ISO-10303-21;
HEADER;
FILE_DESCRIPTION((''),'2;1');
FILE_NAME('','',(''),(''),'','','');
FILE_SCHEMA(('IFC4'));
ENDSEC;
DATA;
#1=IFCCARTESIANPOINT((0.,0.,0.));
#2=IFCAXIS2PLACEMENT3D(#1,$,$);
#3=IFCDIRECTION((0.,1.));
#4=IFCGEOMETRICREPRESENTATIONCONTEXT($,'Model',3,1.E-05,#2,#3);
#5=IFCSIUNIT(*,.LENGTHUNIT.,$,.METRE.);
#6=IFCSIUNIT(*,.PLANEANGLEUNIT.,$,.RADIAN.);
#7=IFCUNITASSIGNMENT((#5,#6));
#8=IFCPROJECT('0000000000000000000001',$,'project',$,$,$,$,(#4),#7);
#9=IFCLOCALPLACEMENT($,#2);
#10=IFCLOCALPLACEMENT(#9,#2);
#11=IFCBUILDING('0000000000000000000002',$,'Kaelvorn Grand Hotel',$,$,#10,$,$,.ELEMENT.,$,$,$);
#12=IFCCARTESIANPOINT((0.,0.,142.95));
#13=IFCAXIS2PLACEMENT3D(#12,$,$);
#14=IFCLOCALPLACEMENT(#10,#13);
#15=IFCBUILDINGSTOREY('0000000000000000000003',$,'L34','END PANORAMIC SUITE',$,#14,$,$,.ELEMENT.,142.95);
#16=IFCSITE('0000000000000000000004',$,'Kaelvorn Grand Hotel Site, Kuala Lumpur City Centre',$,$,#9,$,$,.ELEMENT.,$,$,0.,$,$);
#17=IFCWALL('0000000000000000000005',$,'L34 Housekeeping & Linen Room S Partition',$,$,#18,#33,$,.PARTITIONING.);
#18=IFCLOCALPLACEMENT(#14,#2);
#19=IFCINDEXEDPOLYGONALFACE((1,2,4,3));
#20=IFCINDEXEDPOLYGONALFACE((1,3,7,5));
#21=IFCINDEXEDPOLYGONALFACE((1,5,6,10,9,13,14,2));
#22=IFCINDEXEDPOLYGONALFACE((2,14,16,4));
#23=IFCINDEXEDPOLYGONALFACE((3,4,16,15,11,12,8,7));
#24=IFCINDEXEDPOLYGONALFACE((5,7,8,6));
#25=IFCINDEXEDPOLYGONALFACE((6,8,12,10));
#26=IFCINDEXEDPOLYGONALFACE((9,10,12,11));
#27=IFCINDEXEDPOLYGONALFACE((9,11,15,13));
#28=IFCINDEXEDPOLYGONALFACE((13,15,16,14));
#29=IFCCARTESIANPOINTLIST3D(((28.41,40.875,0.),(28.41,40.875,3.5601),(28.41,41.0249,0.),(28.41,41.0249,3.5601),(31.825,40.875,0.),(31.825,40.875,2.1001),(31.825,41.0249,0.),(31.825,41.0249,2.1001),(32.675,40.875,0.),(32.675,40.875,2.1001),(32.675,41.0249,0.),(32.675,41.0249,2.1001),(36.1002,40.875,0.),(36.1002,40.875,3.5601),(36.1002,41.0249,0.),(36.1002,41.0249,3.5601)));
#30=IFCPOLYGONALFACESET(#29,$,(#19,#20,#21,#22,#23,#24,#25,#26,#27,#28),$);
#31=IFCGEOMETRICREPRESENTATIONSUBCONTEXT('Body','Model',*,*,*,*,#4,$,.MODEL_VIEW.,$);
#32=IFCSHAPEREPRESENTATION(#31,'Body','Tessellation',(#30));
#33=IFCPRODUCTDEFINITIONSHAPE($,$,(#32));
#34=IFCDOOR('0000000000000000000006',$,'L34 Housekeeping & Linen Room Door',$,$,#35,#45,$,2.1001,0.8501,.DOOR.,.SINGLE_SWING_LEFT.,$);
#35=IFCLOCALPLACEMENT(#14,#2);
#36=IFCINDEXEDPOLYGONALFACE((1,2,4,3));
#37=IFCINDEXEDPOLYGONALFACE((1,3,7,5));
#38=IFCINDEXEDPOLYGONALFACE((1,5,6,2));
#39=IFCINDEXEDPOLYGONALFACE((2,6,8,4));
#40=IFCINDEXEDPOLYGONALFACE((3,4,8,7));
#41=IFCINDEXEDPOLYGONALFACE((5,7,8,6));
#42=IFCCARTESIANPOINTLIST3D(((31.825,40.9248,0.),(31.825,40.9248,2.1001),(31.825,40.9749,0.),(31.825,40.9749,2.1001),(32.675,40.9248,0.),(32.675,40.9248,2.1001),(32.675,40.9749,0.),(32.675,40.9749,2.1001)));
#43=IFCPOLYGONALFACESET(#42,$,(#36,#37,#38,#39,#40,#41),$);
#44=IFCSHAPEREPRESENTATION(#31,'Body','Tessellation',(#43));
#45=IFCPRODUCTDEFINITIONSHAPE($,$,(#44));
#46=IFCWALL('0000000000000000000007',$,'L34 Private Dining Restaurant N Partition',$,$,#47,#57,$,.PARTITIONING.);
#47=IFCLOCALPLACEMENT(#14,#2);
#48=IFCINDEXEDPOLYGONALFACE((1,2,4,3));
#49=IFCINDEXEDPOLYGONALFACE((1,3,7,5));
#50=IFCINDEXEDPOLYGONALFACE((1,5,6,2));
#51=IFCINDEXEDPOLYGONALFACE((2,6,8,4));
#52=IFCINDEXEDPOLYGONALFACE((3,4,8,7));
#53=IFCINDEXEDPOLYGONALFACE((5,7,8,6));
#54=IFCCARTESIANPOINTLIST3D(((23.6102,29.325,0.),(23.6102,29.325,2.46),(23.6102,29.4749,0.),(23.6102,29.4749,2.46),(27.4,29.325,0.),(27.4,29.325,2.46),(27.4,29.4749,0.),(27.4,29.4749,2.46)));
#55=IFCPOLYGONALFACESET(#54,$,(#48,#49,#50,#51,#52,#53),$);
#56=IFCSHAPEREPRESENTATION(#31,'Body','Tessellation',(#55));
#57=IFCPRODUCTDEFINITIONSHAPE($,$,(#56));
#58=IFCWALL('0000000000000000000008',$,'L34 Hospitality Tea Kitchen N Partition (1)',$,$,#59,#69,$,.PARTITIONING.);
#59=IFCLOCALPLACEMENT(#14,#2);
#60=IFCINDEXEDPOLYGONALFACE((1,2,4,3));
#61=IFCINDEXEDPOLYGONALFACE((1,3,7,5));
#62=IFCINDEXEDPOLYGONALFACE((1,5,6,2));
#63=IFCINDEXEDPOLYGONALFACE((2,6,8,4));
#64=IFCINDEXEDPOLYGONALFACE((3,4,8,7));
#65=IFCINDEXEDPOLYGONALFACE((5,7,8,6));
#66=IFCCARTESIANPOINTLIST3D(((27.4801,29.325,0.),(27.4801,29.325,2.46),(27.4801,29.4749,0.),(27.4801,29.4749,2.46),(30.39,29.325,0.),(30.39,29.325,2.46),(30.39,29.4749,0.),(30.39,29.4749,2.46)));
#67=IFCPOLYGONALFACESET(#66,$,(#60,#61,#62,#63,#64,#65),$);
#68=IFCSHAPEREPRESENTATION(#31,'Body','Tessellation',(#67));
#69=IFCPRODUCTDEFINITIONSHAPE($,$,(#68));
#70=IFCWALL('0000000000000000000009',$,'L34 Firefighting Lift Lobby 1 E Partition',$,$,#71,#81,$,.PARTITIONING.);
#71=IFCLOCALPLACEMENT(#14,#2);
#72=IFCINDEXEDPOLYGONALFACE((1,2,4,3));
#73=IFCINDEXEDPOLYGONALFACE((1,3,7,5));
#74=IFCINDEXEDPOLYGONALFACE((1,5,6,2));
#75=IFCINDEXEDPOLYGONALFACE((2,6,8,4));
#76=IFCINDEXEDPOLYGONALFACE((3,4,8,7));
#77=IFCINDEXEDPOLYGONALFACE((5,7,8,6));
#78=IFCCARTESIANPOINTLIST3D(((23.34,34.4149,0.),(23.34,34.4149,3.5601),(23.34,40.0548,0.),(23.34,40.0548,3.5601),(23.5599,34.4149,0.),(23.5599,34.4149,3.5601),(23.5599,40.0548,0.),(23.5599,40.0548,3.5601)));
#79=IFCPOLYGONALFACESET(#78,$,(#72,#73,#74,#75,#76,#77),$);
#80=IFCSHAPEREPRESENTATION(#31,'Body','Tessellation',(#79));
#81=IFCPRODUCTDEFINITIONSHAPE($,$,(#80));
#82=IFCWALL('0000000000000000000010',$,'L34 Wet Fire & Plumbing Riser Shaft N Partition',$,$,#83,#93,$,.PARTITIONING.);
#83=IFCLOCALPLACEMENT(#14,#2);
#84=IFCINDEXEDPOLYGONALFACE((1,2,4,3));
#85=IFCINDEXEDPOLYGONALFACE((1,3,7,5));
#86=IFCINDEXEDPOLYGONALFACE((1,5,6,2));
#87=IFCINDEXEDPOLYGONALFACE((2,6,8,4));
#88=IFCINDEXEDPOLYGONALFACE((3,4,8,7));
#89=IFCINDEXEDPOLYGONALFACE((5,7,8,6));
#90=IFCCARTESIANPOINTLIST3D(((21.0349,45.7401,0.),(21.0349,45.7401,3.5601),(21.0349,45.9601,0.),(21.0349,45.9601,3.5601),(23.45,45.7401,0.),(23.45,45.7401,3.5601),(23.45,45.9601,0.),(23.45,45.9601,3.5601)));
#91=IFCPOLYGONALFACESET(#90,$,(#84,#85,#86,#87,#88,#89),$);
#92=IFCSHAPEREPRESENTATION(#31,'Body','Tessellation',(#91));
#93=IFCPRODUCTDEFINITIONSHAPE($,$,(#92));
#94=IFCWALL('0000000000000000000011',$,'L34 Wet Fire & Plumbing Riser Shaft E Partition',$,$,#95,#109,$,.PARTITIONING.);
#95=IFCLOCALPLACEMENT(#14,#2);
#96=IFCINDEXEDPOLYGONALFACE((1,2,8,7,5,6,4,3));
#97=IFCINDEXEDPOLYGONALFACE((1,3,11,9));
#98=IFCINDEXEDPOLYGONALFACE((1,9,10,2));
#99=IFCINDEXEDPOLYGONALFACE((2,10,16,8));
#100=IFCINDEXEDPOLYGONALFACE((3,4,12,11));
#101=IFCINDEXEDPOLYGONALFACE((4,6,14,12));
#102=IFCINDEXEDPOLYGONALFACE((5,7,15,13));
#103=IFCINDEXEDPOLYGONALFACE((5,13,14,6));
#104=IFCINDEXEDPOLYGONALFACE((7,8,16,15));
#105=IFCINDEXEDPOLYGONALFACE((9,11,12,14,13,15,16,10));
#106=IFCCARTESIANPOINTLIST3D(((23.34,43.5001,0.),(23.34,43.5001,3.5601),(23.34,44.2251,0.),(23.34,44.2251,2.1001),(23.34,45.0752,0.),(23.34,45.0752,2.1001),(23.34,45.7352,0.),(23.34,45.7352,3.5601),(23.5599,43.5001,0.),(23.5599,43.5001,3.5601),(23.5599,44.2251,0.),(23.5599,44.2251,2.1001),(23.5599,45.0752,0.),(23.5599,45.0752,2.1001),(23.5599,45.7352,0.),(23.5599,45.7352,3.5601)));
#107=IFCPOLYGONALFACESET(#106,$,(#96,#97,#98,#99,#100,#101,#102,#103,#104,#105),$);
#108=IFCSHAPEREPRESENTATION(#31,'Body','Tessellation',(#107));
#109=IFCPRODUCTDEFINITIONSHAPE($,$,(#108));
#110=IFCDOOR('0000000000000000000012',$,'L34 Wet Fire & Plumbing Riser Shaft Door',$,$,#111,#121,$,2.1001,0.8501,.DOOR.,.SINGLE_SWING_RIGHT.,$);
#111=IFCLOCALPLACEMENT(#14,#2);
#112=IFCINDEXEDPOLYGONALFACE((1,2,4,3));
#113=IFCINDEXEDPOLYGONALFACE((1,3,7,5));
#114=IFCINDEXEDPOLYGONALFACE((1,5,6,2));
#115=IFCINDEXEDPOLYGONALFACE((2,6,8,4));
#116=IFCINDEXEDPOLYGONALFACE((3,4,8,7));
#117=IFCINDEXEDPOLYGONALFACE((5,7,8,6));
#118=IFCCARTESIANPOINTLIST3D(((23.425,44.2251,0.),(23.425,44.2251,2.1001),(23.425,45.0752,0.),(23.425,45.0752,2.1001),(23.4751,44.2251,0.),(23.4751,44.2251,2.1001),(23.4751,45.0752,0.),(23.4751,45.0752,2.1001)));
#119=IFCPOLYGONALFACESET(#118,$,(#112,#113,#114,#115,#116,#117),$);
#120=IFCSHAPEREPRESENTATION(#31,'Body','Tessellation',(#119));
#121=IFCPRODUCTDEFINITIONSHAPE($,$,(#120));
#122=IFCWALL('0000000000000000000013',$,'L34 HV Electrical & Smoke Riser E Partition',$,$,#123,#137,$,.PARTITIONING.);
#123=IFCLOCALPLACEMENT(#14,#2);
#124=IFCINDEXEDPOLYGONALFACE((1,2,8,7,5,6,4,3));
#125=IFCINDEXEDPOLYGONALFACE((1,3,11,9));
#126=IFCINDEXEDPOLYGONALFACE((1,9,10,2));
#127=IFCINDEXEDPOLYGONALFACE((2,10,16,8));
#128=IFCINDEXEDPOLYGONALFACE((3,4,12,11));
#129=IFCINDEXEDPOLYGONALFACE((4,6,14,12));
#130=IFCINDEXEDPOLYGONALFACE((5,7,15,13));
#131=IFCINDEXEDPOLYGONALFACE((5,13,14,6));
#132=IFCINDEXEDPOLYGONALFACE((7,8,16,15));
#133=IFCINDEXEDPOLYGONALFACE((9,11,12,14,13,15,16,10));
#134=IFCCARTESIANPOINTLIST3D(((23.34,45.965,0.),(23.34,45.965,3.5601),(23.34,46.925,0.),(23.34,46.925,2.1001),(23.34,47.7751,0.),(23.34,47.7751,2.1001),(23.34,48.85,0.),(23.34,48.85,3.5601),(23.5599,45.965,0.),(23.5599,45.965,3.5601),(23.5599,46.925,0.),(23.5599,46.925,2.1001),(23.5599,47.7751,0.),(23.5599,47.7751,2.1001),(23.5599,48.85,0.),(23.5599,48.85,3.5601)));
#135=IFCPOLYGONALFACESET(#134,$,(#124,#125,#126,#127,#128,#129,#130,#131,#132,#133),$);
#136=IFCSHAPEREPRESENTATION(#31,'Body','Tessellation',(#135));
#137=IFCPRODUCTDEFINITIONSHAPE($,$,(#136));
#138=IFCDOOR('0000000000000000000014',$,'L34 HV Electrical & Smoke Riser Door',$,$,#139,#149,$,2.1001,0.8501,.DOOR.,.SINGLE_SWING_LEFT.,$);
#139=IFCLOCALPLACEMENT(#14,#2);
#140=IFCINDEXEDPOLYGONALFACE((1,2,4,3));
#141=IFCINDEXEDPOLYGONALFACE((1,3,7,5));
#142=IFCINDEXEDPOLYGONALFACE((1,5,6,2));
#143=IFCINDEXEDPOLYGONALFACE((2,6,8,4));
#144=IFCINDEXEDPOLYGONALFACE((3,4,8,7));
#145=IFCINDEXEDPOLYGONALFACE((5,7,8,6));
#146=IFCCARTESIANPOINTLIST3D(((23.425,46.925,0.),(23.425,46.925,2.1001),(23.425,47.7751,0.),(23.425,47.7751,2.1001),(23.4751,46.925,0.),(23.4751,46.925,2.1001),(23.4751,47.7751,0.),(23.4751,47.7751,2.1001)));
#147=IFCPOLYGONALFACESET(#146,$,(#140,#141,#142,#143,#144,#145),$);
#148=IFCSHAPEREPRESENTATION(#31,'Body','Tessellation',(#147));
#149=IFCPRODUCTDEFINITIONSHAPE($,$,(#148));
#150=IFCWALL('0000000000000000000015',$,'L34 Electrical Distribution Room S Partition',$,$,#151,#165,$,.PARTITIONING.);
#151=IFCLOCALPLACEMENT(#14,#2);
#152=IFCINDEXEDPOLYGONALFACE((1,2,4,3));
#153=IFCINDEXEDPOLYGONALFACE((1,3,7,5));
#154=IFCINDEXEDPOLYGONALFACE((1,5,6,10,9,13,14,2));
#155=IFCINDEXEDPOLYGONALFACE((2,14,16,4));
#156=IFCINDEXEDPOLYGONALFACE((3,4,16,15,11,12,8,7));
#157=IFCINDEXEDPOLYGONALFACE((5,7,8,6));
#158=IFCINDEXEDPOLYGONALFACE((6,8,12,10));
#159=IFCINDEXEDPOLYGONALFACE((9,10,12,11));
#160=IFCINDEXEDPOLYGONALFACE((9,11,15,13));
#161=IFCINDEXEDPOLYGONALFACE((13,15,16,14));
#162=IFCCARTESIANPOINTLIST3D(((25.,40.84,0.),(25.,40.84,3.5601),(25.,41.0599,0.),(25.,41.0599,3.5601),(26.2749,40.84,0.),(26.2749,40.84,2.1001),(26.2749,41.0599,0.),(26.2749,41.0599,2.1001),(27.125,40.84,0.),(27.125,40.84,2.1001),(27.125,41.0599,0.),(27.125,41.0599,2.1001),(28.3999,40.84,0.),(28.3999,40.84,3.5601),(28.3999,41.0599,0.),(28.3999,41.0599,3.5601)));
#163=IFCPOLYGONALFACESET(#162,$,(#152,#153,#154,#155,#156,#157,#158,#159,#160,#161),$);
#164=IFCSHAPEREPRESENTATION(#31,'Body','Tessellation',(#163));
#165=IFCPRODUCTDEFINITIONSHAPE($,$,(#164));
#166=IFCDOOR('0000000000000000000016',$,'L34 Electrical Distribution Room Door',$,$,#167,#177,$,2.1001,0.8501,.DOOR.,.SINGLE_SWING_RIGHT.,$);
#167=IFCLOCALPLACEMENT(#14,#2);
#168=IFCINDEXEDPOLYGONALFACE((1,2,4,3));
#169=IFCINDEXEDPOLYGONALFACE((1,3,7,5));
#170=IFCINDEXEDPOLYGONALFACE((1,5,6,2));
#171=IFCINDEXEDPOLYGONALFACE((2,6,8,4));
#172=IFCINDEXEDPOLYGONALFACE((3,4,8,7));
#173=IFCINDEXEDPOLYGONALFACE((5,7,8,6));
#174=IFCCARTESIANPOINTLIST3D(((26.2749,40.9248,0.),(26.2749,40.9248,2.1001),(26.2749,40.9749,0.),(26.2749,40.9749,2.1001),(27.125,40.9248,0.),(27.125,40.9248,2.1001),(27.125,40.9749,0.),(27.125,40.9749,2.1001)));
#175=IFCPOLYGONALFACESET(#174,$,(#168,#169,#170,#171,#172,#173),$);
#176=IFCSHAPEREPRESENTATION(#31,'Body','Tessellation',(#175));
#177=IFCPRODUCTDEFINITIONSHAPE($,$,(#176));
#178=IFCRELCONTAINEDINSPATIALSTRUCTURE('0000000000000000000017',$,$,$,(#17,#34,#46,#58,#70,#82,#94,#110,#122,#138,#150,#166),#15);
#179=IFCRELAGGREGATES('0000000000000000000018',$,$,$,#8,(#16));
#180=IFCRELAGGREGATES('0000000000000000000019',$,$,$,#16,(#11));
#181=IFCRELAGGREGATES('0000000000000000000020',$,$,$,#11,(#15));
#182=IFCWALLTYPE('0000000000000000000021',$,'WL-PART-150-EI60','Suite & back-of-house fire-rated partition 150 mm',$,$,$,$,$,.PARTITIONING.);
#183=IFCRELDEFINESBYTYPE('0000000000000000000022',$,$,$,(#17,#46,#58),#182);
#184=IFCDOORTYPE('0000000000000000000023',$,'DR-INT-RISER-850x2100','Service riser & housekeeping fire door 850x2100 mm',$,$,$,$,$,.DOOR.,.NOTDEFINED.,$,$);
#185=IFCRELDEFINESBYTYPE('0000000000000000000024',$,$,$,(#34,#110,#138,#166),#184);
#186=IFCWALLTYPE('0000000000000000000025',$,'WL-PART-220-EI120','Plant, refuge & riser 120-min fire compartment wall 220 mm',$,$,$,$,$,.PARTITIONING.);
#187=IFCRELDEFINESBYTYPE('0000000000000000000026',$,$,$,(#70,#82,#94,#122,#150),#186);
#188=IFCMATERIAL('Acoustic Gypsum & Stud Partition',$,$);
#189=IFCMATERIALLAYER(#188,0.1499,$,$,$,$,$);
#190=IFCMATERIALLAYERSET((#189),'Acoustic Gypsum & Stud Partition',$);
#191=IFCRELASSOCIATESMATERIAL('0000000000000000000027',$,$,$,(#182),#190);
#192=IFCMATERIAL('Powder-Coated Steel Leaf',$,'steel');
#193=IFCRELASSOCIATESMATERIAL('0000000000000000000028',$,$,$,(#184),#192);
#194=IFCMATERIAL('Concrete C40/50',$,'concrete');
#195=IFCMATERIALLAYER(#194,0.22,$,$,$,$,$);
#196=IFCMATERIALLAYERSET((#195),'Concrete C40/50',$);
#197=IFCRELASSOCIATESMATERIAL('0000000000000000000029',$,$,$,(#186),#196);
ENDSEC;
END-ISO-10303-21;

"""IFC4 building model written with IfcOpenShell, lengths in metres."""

from ifc_helpers import new_model, si_unit, direction, frame, frame_2d, origin, place, context, subcontext, project, spatial, rectangle, extrude, material, layer, layer_set, type_object, element, fill, save


model = new_model("IFC4")

# Units and contexts
model_context = context("Model", 3, precision=1e-05, world=origin(), true_north=direction((0.0, 1.0)))
body_context = subcontext(model_context, "Body", "Model", "MODEL_VIEW")
ifc_project = project(units=[si_unit("LENGTHUNIT", "METRE"), si_unit("PLANEANGLEUNIT", "RADIAN")], contexts=[model_context])

# Site, building, storey
site_placement = place(None, origin())
site = spatial("IfcSite", under=ifc_project, at=site_placement, Name="Kaelvorn Grand Hotel Site, Kuala Lumpur City Centre", CompositionType="ELEMENT", RefElevation=0.0)
building_placement = place(site_placement, origin())
building = spatial("IfcBuilding", under=site, at=building_placement, Name="Kaelvorn Grand Hotel", CompositionType="ELEMENT")
storey_placement = place(building_placement, frame((0.0, 0.0, 142.95)))
storey = spatial("IfcBuildingStorey", under=building, at=storey_placement, Name="L34", Description="END PANORAMIC SUITE", CompositionType="ELEMENT", Elevation=142.95)

# Shared definitions
ifc_material_1 = material(Name="Acoustic Gypsum & Stud Partition")
ifc_layer_1 = layer(ifc_material_1, 0.1499)
ifc_layer_set_1 = layer_set([ifc_layer_1], Name="Acoustic Gypsum & Stud Partition")
wall_type_1 = type_object("IfcWallType", Name="WL-PART-150-EI60", Description="Suite & back-of-house fire-rated partition 150 mm", PredefinedType="PARTITIONING", material=ifc_layer_set_1)

# Wall, opening, door
wall_1_placement = place(storey_placement, frame((28.4099, 40.95, 0.0), z_axis=(0.0, 0.0, 1.0), x_axis=(1.0, 0.0, 0.0)))
wall_1 = element("IfcWall", 1, at=wall_1_placement, inside=storey, type_object=wall_type_1, Name="L34 Housekeeping & Linen Room S Partition", PredefinedType="PARTITIONING", context=body_context, shape_type="SweptSolid", body=[
    extrude(rectangle(XDim=7.6902, YDim=0.1499, at=frame_2d((3.8452, 0.0))), origin(), (0.0, 0.0, 1.0), 3.5601),
])
opening_1_placement = place(wall_1_placement, frame((3.415, 0.0, 0.0)))
opening_1 = element("IfcOpeningElement", 2, at=opening_1_placement, cuts=wall_1, PredefinedType="OPENING", context=body_context, shape_type="SweptSolid", body=[
    extrude(rectangle(XDim=0.8501, YDim=2.1001, at=frame_2d((0.425, 1.05))), frame((0.0, 0.085, 0.0), z_axis=(0.0, -1.0, 0.0), x_axis=(1.0, 0.0, 0.0)), (0.0, 0.0, 1.0), 0.1699),
])
ifc_material_2 = material(Name="Powder-Coated Steel Leaf", Category="steel")
door_type_1 = type_object("IfcDoorType", Name="DR-INT-RISER-850x2100", Description="Service riser & housekeeping fire door 850x2100 mm", OperationType="NOTDEFINED", PredefinedType="DOOR", material=ifc_material_2)
door_1_placement = place(opening_1_placement, origin())
door_1 = element("IfcDoor", 3, at=door_1_placement, inside=storey, type_object=door_type_1, Name="L34 Housekeeping & Linen Room Door", OperationType="SINGLE_SWING_LEFT", OverallHeight=2.1001, OverallWidth=0.8501, PredefinedType="DOOR", context=body_context, shape_type="SweptSolid", body=[
    extrude(rectangle(XDim=0.8501, YDim=2.1001, at=frame_2d((0.425, 1.05))), frame((0.0, 0.0249, 0.0), z_axis=(0.0, -1.0, 0.0), x_axis=(1.0, 0.0, 0.0)), (0.0, 0.0, 1.0), 0.05),
])
fill(opening_1, door_1)

# Walls
wall_2_placement = place(storey_placement, frame((23.6101, 29.3999, 0.0), z_axis=(0.0, 0.0, 1.0), x_axis=(1.0, 0.0, 0.0)))
element("IfcWall", 4, at=wall_2_placement, inside=storey, type_object=wall_type_1, Name="L34 Private Dining Restaurant N Partition", PredefinedType="PARTITIONING", context=body_context, shape_type="SweptSolid", body=[
    extrude(rectangle(XDim=3.7898, YDim=0.1499, at=frame_2d((1.895, 0.0))), origin(), (0.0, 0.0, 1.0), 2.46),
])
wall_3_placement = place(storey_placement, frame((27.48, 29.3999, 0.0), z_axis=(0.0, 0.0, 1.0), x_axis=(1.0, 0.0, 0.0)))
element("IfcWall", 5, at=wall_3_placement, inside=storey, type_object=wall_type_1, Name="L34 Hospitality Tea Kitchen N Partition (1)", PredefinedType="PARTITIONING", context=body_context, shape_type="SweptSolid", body=[
    extrude(rectangle(XDim=2.9099, YDim=0.1499, at=frame_2d((1.4551, 0.0))), origin(), (0.0, 0.0, 1.0), 2.46),
])
ifc_material_3 = material(Name="Concrete C40/50", Category="concrete")
ifc_layer_2 = layer(ifc_material_3, 0.22)
ifc_layer_set_2 = layer_set([ifc_layer_2], Name="Concrete C40/50")
wall_type_2 = type_object("IfcWallType", Name="WL-PART-220-EI120", Description="Plant, refuge & riser 120-min fire compartment wall 220 mm", PredefinedType="PARTITIONING", material=ifc_layer_set_2)
wall_4_placement = place(storey_placement, frame((23.45, 34.415, 0.0), z_axis=(0.0, 0.0, 1.0), x_axis=(0.0, 1.0, 0.0)))
element("IfcWall", 6, at=wall_4_placement, inside=storey, type_object=wall_type_2, Name="L34 Firefighting Lift Lobby 1 E Partition", PredefinedType="PARTITIONING", context=body_context, shape_type="SweptSolid", body=[
    extrude(rectangle(XDim=5.6399, YDim=0.22, at=frame_2d((2.8198, 0.0))), origin(), (0.0, 0.0, 1.0), 3.5601),
])
wall_5_placement = place(storey_placement, frame((21.0349, 45.8501, 0.0), z_axis=(0.0, 0.0, 1.0), x_axis=(1.0, 0.0, 0.0)))
element("IfcWall", 7, at=wall_5_placement, inside=storey, type_object=wall_type_2, Name="L34 Wet Fire & Plumbing Riser Shaft N Partition", PredefinedType="PARTITIONING", context=body_context, shape_type="SweptSolid", body=[
    extrude(rectangle(XDim=2.415, YDim=0.22, at=frame_2d((1.2075, 0.0))), origin(), (0.0, 0.0, 1.0), 3.5601),
])

# Walls, openings, doors
wall_6_placement = place(storey_placement, frame((23.45, 43.5, 0.0), z_axis=(0.0, 0.0, 1.0), x_axis=(0.0, 1.0, 0.0)))
wall_6 = element("IfcWall", 8, at=wall_6_placement, inside=storey, type_object=wall_type_2, Name="L34 Wet Fire & Plumbing Riser Shaft E Partition", PredefinedType="PARTITIONING", context=body_context, shape_type="SweptSolid", body=[
    extrude(rectangle(XDim=2.2351, YDim=0.22, at=frame_2d((1.1177, 0.0))), origin(), (0.0, 0.0, 1.0), 3.5601),
])
opening_2_placement = place(wall_6_placement, frame((0.7251, 0.0, 0.0)))
opening_2 = element("IfcOpeningElement", 9, at=opening_2_placement, cuts=wall_6, PredefinedType="OPENING", context=body_context, shape_type="SweptSolid", body=[
    extrude(rectangle(XDim=0.8501, YDim=2.1001, at=frame_2d((0.425, 1.05))), frame((0.0, 0.1201, 0.0), z_axis=(0.0, -1.0, 0.0), x_axis=(1.0, 0.0, 0.0)), (0.0, 0.0, 1.0), 0.24),
])
door_2_placement = place(opening_2_placement, origin())
door_2 = element("IfcDoor", 10, at=door_2_placement, inside=storey, type_object=door_type_1, Name="L34 Wet Fire & Plumbing Riser Shaft Door", OperationType="SINGLE_SWING_RIGHT", OverallHeight=2.1001, OverallWidth=0.8501, PredefinedType="DOOR", context=body_context, shape_type="SweptSolid", body=[
    extrude(rectangle(XDim=0.8501, YDim=2.1001, at=frame_2d((0.425, 1.05))), frame((0.0, 0.0249, 0.0), z_axis=(0.0, -1.0, 0.0), x_axis=(1.0, 0.0, 0.0)), (0.0, 0.0, 1.0), 0.05),
])
fill(opening_2, door_2)
wall_7_placement = place(storey_placement, frame((23.45, 45.9651, 0.0), z_axis=(0.0, 0.0, 1.0), x_axis=(0.0, 1.0, 0.0)))
wall_7 = element("IfcWall", 11, at=wall_7_placement, inside=storey, type_object=wall_type_2, Name="L34 HV Electrical & Smoke Riser E Partition", PredefinedType="PARTITIONING", context=body_context, shape_type="SweptSolid", body=[
    extrude(rectangle(XDim=2.885, YDim=0.22, at=frame_2d((1.4424, 0.0))), origin(), (0.0, 0.0, 1.0), 3.5601),
])
opening_3_placement = place(wall_7_placement, frame((0.96, 0.0, 0.0)))
opening_3 = element("IfcOpeningElement", 12, at=opening_3_placement, cuts=wall_7, PredefinedType="OPENING", context=body_context, shape_type="SweptSolid", body=[
    extrude(rectangle(XDim=0.8501, YDim=2.1001, at=frame_2d((0.425, 1.05))), frame((0.0, 0.1201, 0.0), z_axis=(0.0, -1.0, 0.0), x_axis=(1.0, 0.0, 0.0)), (0.0, 0.0, 1.0), 0.24),
])
door_3_placement = place(opening_3_placement, origin())
door_3 = element("IfcDoor", 13, at=door_3_placement, inside=storey, type_object=door_type_1, Name="L34 HV Electrical & Smoke Riser Door", OperationType="SINGLE_SWING_LEFT", OverallHeight=2.1001, OverallWidth=0.8501, PredefinedType="DOOR", context=body_context, shape_type="SweptSolid", body=[
    extrude(rectangle(XDim=0.8501, YDim=2.1001, at=frame_2d((0.425, 1.05))), frame((0.0, 0.0249, 0.0), z_axis=(0.0, -1.0, 0.0), x_axis=(1.0, 0.0, 0.0)), (0.0, 0.0, 1.0), 0.05),
])
fill(opening_3, door_3)
wall_8_placement = place(storey_placement, frame((25.0, 40.95, 0.0), z_axis=(0.0, 0.0, 1.0), x_axis=(1.0, 0.0, 0.0)))
wall_8 = element("IfcWall", 14, at=wall_8_placement, inside=storey, type_object=wall_type_2, Name="L34 Electrical Distribution Room S Partition", PredefinedType="PARTITIONING", context=body_context, shape_type="SweptSolid", body=[
    extrude(rectangle(XDim=3.3999, YDim=0.22, at=frame_2d((1.7, 0.0))), origin(), (0.0, 0.0, 1.0), 3.5601),
])
opening_4_placement = place(wall_8_placement, frame((1.2749, 0.0, 0.0)))
opening_4 = element("IfcOpeningElement", 15, at=opening_4_placement, cuts=wall_8, PredefinedType="OPENING", context=body_context, shape_type="SweptSolid", body=[
    extrude(rectangle(XDim=0.8501, YDim=2.1001, at=frame_2d((0.425, 1.05))), frame((0.0, 0.1201, 0.0), z_axis=(0.0, -1.0, 0.0), x_axis=(1.0, 0.0, 0.0)), (0.0, 0.0, 1.0), 0.24),
])
door_4_placement = place(opening_4_placement, origin())
door_4 = element("IfcDoor", 16, at=door_4_placement, inside=storey, type_object=door_type_1, Name="L34 Electrical Distribution Room Door", OperationType="SINGLE_SWING_RIGHT", OverallHeight=2.1001, OverallWidth=0.8501, PredefinedType="DOOR", context=body_context, shape_type="SweptSolid", body=[
    extrude(rectangle(XDim=0.8501, YDim=2.1001, at=frame_2d((0.425, 1.05))), frame((0.0, 0.0249, 0.0), z_axis=(0.0, -1.0, 0.0), x_axis=(1.0, 0.0, 0.0)), (0.0, 0.0, 1.0), 0.05),
])
fill(opening_4, door_4)

save(model, "model.ifc")
